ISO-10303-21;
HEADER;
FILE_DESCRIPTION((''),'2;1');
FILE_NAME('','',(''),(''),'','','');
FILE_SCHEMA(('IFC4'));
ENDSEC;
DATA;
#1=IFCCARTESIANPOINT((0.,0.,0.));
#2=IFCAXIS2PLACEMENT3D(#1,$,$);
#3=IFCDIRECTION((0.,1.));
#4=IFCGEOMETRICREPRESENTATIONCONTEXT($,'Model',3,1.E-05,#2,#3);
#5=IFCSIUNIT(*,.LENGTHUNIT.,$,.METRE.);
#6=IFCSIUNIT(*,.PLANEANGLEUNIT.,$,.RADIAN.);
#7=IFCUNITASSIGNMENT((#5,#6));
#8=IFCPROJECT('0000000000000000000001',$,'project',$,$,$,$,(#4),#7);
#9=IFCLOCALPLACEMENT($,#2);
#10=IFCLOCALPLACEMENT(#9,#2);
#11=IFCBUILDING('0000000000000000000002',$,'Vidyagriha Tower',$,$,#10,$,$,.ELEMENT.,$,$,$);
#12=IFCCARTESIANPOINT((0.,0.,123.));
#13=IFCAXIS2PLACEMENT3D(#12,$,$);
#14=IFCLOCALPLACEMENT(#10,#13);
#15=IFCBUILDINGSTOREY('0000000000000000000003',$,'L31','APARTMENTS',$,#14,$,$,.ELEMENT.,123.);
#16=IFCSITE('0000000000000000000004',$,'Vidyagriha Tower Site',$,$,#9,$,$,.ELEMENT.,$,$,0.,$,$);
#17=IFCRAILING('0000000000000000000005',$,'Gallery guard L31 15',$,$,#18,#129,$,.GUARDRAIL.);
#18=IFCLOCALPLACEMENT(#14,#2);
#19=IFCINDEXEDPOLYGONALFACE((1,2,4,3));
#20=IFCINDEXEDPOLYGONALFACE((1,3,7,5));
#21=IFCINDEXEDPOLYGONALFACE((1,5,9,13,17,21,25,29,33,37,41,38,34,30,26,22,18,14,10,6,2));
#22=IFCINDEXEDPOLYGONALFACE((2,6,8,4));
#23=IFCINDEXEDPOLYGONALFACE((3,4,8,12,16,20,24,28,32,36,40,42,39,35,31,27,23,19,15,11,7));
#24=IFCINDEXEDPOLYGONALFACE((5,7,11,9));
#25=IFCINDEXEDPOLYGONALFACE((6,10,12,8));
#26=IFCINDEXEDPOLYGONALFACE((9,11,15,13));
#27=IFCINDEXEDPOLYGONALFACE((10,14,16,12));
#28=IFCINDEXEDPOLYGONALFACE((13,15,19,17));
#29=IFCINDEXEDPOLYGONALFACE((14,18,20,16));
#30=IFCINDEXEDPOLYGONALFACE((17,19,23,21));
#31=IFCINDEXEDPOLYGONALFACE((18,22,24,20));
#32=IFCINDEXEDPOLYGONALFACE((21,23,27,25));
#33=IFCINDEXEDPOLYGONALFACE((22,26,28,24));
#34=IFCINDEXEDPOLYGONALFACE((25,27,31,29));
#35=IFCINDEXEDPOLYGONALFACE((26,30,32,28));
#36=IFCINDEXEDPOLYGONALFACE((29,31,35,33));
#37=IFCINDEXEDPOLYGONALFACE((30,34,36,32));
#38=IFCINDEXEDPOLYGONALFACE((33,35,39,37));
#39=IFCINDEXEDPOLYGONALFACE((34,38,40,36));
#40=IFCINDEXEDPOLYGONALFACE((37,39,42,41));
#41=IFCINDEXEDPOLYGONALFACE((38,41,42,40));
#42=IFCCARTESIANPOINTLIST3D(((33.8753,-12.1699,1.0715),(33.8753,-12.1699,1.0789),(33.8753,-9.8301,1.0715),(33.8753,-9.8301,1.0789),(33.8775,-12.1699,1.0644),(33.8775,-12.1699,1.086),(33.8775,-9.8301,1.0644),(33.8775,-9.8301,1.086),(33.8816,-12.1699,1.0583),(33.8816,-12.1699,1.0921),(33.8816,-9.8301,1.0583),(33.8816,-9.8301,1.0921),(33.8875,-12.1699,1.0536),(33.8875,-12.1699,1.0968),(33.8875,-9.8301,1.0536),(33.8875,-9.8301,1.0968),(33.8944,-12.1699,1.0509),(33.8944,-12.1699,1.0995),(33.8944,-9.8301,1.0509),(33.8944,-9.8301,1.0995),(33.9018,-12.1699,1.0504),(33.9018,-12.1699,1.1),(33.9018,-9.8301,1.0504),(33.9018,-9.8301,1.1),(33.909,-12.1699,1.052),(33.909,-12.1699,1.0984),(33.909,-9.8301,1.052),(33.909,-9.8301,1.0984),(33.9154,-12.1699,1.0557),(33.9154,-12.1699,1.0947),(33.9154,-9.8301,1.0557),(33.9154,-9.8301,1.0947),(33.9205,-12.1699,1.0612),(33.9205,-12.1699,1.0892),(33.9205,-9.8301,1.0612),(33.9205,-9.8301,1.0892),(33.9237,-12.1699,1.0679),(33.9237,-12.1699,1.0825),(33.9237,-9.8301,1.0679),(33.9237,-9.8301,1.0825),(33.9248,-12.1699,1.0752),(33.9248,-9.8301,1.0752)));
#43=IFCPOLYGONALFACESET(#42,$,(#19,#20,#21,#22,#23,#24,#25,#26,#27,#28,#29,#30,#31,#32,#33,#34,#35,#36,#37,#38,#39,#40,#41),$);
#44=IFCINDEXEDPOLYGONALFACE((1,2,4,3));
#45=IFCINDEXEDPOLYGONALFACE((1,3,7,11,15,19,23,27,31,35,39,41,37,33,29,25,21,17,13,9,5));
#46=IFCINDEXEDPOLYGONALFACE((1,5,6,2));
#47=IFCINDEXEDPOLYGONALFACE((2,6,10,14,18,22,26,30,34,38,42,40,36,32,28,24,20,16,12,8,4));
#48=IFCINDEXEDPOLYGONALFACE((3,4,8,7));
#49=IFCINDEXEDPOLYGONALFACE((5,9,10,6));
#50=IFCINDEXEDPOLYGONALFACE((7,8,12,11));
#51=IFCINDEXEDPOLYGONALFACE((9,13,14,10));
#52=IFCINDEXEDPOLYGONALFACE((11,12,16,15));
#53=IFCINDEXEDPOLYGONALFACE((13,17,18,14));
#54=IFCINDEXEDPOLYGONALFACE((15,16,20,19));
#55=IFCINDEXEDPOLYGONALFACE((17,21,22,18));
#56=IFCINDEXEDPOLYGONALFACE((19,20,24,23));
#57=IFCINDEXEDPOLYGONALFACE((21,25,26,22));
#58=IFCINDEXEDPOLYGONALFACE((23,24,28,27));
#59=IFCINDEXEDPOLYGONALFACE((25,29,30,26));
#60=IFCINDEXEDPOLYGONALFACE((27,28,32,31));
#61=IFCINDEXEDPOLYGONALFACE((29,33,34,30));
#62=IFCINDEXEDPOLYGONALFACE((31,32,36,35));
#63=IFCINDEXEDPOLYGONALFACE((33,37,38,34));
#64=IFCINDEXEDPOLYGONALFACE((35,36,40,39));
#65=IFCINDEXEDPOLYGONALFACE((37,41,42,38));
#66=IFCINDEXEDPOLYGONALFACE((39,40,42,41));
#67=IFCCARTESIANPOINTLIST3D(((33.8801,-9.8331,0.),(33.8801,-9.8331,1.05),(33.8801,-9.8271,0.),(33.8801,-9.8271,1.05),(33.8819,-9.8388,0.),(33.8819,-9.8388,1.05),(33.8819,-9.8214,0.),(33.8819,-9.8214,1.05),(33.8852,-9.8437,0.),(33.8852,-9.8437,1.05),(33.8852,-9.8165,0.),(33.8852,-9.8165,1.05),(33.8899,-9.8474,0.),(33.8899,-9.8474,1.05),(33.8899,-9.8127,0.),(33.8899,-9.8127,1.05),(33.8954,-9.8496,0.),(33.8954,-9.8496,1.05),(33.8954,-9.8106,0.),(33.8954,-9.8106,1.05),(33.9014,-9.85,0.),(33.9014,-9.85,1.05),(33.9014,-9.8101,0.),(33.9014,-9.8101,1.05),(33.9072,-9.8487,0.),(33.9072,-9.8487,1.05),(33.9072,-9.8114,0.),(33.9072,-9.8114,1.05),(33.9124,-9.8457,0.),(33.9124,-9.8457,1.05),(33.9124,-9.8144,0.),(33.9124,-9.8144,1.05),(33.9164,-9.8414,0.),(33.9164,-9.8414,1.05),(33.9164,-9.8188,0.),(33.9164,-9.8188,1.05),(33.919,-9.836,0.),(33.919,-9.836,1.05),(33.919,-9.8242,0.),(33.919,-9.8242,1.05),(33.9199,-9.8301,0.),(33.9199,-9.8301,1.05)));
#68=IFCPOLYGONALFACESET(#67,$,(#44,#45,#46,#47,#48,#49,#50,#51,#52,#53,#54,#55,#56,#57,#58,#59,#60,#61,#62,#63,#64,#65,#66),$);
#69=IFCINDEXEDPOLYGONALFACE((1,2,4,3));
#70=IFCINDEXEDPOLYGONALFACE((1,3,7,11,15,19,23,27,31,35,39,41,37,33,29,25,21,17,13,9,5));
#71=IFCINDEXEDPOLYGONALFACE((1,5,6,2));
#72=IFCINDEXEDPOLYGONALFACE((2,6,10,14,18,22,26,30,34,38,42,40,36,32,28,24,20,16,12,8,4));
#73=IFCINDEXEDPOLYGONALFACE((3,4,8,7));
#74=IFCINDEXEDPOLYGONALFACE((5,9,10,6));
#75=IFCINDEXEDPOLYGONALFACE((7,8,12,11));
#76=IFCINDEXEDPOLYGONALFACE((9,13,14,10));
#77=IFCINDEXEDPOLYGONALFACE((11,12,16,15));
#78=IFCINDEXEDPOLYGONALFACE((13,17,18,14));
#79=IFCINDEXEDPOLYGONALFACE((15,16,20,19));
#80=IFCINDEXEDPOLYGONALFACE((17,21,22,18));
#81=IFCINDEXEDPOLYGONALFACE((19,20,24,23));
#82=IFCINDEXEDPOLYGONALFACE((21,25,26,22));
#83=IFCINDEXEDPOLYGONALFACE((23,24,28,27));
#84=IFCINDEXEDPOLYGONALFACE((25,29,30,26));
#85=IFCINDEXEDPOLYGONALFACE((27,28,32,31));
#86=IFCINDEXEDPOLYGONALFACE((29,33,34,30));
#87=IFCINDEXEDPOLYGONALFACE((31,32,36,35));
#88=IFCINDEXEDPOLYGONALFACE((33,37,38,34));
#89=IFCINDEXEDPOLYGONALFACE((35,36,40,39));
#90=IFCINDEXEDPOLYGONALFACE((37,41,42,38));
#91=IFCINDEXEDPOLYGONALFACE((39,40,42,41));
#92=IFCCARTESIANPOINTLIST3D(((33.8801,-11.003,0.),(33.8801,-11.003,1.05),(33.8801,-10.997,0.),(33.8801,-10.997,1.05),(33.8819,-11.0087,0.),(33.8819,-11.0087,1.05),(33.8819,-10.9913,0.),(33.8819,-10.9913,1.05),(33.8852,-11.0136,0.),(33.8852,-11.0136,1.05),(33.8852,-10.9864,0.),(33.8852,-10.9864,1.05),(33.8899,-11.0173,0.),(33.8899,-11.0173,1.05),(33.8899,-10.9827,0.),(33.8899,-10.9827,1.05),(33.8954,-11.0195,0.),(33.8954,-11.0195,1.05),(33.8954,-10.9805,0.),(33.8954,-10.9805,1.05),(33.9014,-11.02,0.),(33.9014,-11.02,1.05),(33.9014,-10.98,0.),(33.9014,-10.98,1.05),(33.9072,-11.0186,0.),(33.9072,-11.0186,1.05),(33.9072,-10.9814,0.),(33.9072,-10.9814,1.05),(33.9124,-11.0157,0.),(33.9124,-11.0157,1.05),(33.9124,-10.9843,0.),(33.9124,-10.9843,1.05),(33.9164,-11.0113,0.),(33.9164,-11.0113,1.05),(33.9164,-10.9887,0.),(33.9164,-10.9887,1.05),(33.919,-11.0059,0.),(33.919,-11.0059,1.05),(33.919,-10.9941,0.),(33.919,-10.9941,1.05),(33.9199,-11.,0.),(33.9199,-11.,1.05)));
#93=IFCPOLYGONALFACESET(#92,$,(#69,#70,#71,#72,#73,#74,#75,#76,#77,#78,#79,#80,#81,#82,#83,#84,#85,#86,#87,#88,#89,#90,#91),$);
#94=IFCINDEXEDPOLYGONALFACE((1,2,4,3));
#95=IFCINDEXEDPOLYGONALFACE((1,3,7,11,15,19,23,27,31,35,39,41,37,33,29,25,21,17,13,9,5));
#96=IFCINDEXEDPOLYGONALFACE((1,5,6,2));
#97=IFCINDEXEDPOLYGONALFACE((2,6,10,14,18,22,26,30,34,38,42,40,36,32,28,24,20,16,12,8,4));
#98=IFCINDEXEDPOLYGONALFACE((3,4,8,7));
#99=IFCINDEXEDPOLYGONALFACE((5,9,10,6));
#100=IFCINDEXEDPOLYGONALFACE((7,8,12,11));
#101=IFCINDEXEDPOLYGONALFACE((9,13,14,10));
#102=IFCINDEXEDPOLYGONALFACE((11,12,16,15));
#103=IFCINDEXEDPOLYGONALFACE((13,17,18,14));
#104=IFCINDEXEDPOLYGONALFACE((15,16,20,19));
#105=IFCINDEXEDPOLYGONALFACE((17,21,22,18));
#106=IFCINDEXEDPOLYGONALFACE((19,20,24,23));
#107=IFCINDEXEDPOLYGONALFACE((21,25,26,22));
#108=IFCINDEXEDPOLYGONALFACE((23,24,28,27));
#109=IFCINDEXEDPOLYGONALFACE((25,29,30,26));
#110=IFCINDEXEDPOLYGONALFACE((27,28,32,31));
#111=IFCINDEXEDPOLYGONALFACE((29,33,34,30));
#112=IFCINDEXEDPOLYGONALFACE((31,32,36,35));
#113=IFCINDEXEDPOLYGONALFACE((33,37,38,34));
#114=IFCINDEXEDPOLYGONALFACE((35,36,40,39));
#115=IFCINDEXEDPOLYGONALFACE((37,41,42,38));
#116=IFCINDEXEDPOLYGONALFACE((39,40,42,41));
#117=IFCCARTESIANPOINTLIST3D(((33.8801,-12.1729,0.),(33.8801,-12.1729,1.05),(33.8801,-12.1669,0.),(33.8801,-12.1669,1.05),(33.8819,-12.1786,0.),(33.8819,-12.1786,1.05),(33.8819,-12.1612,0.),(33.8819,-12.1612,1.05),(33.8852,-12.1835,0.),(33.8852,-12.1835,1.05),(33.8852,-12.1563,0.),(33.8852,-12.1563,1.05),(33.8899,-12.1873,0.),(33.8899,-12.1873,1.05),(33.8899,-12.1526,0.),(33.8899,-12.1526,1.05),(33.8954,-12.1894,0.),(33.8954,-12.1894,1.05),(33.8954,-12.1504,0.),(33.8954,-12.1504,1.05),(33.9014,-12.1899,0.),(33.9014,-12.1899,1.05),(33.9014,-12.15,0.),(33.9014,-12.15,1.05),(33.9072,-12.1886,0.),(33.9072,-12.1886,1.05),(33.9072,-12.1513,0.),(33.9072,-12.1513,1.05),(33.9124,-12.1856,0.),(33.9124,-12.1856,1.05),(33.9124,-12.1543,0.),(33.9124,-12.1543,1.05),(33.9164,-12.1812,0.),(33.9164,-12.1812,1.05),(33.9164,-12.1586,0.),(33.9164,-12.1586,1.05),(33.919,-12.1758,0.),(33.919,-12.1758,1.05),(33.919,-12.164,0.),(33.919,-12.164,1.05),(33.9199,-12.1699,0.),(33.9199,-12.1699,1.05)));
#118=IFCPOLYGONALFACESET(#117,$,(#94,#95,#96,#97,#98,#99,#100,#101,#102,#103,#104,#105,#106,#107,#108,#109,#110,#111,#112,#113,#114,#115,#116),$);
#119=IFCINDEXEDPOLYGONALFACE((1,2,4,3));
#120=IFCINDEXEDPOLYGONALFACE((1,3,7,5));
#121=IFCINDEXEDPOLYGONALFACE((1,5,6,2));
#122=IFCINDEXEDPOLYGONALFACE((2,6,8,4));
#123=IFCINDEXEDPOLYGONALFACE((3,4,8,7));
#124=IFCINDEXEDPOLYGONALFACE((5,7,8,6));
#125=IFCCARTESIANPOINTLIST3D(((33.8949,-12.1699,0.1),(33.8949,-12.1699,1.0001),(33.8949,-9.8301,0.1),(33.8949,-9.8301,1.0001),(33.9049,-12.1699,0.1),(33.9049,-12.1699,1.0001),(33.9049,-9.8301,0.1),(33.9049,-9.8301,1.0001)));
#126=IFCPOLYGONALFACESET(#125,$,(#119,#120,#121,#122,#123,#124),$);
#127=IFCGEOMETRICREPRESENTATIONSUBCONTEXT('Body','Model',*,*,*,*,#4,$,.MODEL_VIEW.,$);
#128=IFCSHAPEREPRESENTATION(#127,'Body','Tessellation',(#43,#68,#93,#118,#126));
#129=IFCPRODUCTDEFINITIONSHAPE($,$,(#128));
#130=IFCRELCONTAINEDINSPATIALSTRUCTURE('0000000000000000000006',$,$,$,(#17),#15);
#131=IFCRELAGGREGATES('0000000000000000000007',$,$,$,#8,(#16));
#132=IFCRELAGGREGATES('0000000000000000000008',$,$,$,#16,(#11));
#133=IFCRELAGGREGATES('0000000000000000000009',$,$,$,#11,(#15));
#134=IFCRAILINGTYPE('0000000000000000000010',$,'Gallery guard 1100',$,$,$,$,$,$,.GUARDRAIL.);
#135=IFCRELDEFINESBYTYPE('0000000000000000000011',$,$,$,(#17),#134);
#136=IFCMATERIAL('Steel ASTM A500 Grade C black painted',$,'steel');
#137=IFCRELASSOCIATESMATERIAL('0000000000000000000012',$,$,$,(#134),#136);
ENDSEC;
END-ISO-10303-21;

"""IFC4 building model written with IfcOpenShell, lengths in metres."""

from ifc_helpers import new_model, si_unit, direction, frame, origin, origin_2d, place, context, subcontext, project, spatial, rectangle, circle, extrude, material, type_object, element, save


model = new_model("IFC4")

# Units and contexts
model_context = context("Model", 3, precision=1e-05, world=origin(), true_north=direction((0.0, 1.0)))
body_context = subcontext(model_context, "Body", "Model", "MODEL_VIEW")
ifc_project = project(units=[si_unit("LENGTHUNIT", "METRE"), si_unit("PLANEANGLEUNIT", "RADIAN")], contexts=[model_context])

# Site, building, storey
site_placement = place(None, origin())
site = spatial("IfcSite", under=ifc_project, at=site_placement, Name="Vidyagriha Tower Site", CompositionType="ELEMENT", RefElevation=0.0)
building_placement = place(site_placement, origin())
building = spatial("IfcBuilding", under=site, at=building_placement, Name="Vidyagriha Tower", CompositionType="ELEMENT")
storey_placement = place(building_placement, frame((0.0, 0.0, 123.0)))
storey = spatial("IfcBuildingStorey", under=building, at=storey_placement, Name="L31", Description="APARTMENTS", CompositionType="ELEMENT", Elevation=123.0)

# Railing
ifc_material_1 = material(Name="Steel ASTM A500 Grade C black painted", Category="steel")
railing_type_1 = type_object("IfcRailingType", Name="Gallery guard 1100", PredefinedType="GUARDRAIL", material=ifc_material_1)
railing_1_placement = place(storey_placement, frame((33.8999, -9.8301, 0.0)))
element("IfcRailing", 1, at=railing_1_placement, inside=storey, type_object=railing_type_1, Name="Gallery guard L31 15", PredefinedType="GUARDRAIL", context=body_context, shape_type="SweptSolid", body=[
    extrude(circle(Radius=0.0249, at=origin_2d()), frame((0.0, 0.0, 1.0752), z_axis=(0.0, -1.0, 0.0), x_axis=(1.0, 0.0, 0.0)), (0.0, 0.0, 1.0), 2.3398),
    extrude(circle(Radius=0.02, at=origin_2d()), origin(), (0.0, 0.0, 1.0), 1.05),
    extrude(circle(Radius=0.02, at=origin_2d()), frame((0.0, -1.1699, 0.0)), (0.0, 0.0, 1.0), 1.05),
    extrude(circle(Radius=0.02, at=origin_2d()), frame((0.0, -2.3398, 0.0)), (0.0, 0.0, 1.0), 1.05),
    extrude(rectangle(XDim=0.01, YDim=0.9001, at=origin_2d()), frame((0.0, 0.0, 0.55), z_axis=(0.0, -1.0, 0.0), x_axis=(1.0, 0.0, 0.0)), (0.0, 0.0, 1.0), 2.3398),
])

save(model, "model.ifc")
